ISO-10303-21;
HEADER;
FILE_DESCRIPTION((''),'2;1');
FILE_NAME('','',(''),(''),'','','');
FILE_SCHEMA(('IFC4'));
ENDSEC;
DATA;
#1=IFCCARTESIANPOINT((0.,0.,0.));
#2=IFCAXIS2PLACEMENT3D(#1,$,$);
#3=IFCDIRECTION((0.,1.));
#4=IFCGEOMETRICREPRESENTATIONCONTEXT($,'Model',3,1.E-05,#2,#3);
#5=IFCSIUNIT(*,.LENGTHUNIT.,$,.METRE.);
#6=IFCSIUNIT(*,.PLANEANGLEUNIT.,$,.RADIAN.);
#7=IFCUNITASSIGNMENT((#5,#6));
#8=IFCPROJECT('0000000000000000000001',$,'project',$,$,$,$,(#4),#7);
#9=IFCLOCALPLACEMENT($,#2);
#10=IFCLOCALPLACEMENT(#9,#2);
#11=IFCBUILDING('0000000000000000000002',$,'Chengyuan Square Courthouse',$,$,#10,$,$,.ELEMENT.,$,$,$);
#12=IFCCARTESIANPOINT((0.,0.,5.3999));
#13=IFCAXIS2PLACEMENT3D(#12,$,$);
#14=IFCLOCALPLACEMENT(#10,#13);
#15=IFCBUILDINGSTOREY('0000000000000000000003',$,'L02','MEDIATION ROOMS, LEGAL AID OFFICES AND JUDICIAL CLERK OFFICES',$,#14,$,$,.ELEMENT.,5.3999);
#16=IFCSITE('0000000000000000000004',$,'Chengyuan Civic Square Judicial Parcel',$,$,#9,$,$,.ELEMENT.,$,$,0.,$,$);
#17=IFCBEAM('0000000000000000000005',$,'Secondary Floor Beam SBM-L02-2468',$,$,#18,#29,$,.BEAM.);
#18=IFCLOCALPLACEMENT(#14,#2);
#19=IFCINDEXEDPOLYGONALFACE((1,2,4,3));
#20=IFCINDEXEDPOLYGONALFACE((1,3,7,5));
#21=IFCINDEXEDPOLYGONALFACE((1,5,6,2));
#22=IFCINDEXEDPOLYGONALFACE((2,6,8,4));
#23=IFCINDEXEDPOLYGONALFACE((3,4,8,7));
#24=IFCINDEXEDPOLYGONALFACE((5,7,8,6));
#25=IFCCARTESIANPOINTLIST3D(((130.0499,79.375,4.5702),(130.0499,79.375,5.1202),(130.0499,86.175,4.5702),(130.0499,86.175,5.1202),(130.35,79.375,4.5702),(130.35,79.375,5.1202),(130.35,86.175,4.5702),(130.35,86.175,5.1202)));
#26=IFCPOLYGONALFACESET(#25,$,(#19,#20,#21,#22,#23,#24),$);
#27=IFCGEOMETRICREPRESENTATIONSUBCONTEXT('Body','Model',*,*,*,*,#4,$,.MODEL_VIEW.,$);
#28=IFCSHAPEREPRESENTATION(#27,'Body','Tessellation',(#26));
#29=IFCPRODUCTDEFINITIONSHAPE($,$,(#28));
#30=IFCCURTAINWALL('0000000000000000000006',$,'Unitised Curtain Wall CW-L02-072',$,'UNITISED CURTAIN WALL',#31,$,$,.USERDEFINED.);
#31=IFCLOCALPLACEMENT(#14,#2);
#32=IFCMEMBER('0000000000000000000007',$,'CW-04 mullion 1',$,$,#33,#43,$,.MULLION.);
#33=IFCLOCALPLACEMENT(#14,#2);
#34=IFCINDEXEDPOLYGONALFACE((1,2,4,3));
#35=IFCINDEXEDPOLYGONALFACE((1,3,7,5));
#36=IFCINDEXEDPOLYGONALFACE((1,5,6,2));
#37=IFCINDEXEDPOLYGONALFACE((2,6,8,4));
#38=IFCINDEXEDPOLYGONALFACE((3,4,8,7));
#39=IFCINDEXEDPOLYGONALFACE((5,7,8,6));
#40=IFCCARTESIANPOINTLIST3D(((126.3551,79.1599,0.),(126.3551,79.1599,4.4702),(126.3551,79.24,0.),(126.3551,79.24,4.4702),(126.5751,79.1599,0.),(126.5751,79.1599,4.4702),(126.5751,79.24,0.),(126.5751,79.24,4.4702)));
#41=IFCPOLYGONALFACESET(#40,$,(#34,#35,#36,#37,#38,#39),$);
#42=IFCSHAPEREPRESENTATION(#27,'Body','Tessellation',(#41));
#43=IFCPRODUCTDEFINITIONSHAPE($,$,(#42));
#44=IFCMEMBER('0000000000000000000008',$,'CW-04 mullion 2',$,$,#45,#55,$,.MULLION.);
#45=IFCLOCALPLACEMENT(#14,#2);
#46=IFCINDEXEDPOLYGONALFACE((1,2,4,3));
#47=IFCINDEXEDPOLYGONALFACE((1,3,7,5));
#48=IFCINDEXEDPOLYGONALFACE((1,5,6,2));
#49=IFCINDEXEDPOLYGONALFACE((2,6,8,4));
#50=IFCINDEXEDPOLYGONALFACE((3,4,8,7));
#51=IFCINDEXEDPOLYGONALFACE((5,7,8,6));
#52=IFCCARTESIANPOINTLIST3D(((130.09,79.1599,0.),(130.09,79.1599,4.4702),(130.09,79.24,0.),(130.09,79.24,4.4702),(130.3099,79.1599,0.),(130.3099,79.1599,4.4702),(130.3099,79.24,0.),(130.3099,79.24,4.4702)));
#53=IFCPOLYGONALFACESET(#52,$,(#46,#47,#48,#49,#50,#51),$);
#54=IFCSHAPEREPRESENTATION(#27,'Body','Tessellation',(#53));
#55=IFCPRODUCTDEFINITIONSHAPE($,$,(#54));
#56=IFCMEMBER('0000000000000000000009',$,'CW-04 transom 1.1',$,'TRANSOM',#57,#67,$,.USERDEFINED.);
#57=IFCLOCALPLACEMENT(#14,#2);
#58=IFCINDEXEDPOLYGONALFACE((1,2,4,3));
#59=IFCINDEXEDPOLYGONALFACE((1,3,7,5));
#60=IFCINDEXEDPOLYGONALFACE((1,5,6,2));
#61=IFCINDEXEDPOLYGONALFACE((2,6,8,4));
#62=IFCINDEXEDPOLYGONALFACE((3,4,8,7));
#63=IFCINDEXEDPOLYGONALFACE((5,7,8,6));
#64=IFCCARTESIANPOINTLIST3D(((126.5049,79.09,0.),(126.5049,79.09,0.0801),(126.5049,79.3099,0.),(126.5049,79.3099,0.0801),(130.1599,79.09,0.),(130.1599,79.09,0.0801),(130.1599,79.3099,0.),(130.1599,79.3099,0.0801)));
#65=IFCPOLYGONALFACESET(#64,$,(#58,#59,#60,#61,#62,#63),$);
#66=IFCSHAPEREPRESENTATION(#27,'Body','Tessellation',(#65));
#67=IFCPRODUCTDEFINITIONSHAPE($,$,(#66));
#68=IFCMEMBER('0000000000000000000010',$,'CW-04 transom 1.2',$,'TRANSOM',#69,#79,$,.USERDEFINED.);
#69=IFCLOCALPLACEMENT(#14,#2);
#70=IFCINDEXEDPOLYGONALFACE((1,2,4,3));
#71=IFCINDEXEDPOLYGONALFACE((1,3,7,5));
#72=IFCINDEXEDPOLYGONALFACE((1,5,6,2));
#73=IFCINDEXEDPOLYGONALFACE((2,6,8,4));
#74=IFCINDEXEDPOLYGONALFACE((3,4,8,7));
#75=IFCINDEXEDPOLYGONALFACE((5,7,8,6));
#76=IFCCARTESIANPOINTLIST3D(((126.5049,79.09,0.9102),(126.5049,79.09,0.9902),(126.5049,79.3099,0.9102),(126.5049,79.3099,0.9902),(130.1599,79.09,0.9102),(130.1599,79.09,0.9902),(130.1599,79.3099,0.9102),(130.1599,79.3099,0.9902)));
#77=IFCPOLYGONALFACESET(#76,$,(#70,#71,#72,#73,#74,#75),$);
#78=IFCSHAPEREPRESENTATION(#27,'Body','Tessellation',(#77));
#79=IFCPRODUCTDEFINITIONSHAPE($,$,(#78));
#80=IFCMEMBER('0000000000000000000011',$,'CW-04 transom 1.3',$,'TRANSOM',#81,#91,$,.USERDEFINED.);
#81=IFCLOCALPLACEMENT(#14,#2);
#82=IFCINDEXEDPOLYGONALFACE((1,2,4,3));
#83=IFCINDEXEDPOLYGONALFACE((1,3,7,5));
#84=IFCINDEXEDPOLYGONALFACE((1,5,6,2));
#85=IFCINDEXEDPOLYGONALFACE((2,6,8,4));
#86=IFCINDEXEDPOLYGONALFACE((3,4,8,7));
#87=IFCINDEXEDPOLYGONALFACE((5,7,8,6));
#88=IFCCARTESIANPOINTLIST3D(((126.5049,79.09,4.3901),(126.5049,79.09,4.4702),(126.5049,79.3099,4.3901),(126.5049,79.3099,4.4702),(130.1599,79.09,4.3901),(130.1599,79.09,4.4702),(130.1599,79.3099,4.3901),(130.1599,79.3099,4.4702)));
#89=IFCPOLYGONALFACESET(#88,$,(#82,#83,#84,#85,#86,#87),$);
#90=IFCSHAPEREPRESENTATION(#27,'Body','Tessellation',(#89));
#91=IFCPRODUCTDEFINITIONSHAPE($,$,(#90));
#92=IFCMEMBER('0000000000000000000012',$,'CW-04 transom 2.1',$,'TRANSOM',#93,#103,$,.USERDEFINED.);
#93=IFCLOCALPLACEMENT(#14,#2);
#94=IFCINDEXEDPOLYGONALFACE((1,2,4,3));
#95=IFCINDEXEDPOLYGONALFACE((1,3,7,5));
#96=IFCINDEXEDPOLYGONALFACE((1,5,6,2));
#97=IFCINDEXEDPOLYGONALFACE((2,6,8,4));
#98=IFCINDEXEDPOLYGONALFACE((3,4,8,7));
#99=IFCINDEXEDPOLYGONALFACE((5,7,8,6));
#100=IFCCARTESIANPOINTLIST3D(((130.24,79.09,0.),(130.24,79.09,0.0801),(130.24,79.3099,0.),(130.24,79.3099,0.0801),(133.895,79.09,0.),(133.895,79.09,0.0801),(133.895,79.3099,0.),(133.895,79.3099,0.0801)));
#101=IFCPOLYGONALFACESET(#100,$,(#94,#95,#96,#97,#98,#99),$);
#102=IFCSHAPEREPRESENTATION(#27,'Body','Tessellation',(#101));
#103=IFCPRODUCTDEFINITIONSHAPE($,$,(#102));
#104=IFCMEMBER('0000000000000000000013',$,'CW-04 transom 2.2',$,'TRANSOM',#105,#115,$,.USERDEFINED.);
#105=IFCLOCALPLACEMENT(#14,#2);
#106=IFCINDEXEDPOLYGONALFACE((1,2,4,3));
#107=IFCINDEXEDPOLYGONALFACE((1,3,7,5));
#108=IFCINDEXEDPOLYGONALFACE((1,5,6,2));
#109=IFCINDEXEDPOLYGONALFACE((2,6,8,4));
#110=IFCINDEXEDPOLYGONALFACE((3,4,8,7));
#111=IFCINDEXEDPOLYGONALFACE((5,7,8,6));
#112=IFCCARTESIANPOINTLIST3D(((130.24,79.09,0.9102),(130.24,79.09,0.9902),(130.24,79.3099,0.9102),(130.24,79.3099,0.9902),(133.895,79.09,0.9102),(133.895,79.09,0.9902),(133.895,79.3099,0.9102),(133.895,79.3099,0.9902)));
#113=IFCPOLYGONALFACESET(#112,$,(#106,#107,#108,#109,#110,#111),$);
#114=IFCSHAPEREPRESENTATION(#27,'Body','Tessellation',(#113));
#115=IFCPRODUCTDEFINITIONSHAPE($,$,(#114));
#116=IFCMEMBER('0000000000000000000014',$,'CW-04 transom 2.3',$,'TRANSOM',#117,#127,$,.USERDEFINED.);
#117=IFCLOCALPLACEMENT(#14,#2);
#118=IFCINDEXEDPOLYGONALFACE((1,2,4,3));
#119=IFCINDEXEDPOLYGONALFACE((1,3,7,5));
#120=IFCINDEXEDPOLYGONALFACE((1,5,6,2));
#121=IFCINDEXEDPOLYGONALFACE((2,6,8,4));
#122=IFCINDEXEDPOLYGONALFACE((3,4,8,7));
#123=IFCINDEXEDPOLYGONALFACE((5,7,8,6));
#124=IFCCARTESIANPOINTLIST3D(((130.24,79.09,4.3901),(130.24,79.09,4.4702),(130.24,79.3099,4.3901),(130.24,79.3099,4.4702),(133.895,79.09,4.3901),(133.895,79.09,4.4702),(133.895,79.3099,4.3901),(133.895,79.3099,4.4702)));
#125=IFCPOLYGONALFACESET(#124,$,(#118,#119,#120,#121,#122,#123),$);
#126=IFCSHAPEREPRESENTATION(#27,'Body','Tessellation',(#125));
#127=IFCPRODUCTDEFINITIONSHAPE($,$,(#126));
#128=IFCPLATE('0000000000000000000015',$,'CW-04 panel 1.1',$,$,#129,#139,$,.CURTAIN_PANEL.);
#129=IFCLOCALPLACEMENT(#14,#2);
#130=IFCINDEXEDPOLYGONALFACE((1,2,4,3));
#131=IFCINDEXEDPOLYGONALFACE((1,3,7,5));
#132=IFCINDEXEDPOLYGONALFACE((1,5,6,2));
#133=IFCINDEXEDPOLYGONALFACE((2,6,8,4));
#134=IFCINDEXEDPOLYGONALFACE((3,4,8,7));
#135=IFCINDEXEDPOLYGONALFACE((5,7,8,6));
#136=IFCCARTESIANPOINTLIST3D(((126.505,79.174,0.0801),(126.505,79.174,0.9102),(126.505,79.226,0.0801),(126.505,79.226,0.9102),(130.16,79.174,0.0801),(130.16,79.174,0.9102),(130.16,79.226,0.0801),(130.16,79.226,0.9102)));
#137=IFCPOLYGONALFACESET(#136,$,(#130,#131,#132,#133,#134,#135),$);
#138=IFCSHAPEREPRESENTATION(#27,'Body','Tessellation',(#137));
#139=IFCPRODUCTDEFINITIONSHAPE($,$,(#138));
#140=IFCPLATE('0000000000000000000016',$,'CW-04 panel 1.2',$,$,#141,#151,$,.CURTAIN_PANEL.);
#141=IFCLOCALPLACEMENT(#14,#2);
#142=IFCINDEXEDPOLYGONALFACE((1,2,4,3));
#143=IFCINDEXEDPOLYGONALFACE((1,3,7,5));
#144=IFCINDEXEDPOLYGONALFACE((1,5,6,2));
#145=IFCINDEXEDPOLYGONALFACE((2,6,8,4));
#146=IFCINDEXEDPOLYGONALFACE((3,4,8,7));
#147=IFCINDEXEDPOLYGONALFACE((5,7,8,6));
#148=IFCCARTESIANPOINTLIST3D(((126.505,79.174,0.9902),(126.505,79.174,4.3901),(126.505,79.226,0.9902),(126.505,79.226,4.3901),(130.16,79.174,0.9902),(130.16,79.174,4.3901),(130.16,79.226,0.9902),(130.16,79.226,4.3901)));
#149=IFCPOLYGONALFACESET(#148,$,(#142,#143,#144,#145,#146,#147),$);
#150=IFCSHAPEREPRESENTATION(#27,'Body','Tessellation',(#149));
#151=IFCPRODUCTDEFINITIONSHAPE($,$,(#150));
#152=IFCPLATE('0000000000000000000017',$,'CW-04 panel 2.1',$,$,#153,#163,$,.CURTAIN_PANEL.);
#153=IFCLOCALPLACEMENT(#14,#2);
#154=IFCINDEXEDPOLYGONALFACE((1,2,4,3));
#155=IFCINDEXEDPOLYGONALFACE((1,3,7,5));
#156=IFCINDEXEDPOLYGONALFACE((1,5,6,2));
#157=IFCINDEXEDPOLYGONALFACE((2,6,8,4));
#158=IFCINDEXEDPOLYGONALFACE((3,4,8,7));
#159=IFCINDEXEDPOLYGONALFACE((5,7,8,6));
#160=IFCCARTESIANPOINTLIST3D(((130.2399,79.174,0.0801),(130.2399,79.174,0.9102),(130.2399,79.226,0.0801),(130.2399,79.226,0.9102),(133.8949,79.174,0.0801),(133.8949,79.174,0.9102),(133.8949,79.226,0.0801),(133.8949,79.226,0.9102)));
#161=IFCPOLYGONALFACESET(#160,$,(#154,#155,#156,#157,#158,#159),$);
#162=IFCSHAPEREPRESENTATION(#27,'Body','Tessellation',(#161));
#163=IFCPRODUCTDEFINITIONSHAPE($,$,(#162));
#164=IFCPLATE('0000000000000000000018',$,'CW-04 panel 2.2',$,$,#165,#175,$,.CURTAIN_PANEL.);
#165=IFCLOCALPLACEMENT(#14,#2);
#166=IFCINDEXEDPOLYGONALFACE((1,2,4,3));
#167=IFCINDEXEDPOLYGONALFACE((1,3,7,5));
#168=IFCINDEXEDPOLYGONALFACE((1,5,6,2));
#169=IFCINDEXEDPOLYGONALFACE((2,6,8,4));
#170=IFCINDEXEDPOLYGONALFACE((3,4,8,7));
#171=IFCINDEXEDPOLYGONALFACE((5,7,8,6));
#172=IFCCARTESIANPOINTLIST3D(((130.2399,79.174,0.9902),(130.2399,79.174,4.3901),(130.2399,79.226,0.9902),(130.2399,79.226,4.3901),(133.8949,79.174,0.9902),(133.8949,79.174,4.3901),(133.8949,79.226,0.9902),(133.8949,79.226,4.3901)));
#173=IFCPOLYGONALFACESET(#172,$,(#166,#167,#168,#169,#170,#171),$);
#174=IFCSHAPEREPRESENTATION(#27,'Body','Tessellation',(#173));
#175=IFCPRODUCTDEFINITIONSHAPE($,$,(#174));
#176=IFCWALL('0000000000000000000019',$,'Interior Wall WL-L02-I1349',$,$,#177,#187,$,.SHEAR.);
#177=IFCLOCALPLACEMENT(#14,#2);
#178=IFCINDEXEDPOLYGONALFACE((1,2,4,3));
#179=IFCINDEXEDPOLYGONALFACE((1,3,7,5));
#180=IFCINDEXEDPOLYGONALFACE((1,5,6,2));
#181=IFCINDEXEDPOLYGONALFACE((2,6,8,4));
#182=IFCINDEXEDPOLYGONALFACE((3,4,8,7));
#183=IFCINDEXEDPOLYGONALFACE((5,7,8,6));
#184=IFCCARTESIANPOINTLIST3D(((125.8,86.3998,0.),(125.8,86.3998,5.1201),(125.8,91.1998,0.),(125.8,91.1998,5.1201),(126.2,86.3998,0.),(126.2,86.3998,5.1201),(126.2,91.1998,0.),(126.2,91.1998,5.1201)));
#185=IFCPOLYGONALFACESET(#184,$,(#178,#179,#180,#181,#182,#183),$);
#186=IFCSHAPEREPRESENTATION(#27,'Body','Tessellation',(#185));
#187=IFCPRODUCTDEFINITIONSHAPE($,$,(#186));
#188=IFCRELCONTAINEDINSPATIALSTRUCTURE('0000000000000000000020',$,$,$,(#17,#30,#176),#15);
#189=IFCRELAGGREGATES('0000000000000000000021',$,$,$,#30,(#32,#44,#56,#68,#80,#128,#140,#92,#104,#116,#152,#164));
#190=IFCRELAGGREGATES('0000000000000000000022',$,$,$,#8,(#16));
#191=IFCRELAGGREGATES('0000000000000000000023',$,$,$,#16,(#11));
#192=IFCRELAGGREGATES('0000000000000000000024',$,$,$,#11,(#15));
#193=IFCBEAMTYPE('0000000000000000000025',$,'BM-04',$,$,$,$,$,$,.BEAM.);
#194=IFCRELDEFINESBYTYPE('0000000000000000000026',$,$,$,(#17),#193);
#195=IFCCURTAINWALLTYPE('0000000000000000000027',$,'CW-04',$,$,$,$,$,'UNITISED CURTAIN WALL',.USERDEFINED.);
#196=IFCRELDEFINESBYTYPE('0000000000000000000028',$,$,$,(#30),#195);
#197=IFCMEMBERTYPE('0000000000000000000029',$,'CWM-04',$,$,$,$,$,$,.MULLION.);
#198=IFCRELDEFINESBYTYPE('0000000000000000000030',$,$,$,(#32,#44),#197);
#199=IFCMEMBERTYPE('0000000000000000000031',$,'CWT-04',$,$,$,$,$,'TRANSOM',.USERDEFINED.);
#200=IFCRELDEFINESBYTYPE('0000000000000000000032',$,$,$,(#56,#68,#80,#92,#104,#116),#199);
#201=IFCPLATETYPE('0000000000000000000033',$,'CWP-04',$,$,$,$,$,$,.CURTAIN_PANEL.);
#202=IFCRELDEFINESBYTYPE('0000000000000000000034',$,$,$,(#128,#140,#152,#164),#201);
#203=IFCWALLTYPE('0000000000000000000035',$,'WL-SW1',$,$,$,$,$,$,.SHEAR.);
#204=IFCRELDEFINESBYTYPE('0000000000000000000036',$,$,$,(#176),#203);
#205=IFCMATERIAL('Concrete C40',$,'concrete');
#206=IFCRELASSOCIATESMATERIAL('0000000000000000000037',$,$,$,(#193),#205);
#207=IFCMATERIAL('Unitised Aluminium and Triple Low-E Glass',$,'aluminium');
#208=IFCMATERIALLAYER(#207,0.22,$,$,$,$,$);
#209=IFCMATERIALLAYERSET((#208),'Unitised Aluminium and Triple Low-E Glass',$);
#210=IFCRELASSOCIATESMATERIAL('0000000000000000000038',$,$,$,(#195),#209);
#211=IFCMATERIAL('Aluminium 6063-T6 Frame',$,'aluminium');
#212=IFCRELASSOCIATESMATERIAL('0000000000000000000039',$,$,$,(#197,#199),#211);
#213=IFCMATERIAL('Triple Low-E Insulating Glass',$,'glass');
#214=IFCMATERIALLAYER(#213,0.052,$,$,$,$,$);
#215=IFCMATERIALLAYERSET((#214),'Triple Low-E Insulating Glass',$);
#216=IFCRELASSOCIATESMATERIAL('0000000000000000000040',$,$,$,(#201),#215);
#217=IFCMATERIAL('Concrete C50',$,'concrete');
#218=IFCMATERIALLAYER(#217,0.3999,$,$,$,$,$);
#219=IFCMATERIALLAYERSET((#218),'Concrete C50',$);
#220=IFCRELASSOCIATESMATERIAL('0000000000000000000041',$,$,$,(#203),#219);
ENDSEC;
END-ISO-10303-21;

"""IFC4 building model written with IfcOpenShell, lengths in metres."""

from ifc_helpers import new_model, si_unit, direction, frame, frame_2d, origin, origin_2d, place, context, subcontext, project, spatial, rectangle, extrude, material, layer, layer_set, material_profile, profile_set, type_object, element, aggregate, save


model = new_model("IFC4")

# Units and contexts
model_context = context("Model", 3, precision=1e-05, world=origin(), true_north=direction((0.0, 1.0)))
body_context = subcontext(model_context, "Body", "Model", "MODEL_VIEW")
ifc_project = project(units=[si_unit("LENGTHUNIT", "METRE"), si_unit("PLANEANGLEUNIT", "RADIAN")], contexts=[model_context])

# Site, building, storey
site_placement = place(None, origin())
site = spatial("IfcSite", under=ifc_project, at=site_placement, Name="Chengyuan Civic Square Judicial Parcel", CompositionType="ELEMENT", RefElevation=0.0)
building_placement = place(site_placement, origin())
building = spatial("IfcBuilding", under=site, at=building_placement, Name="Chengyuan Square Courthouse", CompositionType="ELEMENT")
storey_placement = place(building_placement, frame((0.0, 0.0, 5.3999)))
storey = spatial("IfcBuildingStorey", under=building, at=storey_placement, Name="L02", Description="MEDIATION ROOMS, LEGAL AID OFFICES AND JUDICIAL CLERK OFFICES", CompositionType="ELEMENT", Elevation=5.3999)

# Beam
ifc_material_1 = material(Name="Concrete C40", Category="concrete")
ifc_material_profile_1 = material_profile(ifc_material_1, rectangle(XDim=0.3, YDim=0.55, at=origin_2d()), Name="RC-BM-300x550")
ifc_profile_set_1 = profile_set([ifc_material_profile_1], Name="Concrete C40")
beam_type = type_object("IfcBeamType", Name="BM-04", PredefinedType="BEAM", material=ifc_profile_set_1)
beam_placement = place(storey_placement, frame((130.2, 79.375, 4.8452), z_axis=(0.0, 1.0, 0.0), x_axis=(-1.0, 0.0, 0.0)))
element("IfcBeam", 1, at=beam_placement, inside=storey, type_object=beam_type, Name="Secondary Floor Beam SBM-L02-2468", PredefinedType="BEAM", context=body_context, shape_type="SweptSolid", body=[
    extrude(rectangle(XDim=0.3, YDim=0.55, at=origin_2d()), origin(), (0.0, 0.0, 1.0), 6.8),
])

# Curtain wall, members, plates
ifc_material_2 = material(Name="Unitised Aluminium and Triple Low-E Glass", Category="aluminium")
ifc_layer_1 = layer(ifc_material_2, 0.22)
ifc_layer_set_1 = layer_set([ifc_layer_1], Name="Unitised Aluminium and Triple Low-E Glass")
curtain_wall_type = type_object("IfcCurtainWallType", Name="CW-04", ElementType="UNITISED CURTAIN WALL", PredefinedType="USERDEFINED", material=ifc_layer_set_1)
curtain_wall_placement = place(storey_placement, origin())
curtain_wall = element("IfcCurtainWall", 2, at=curtain_wall_placement, inside=storey, type_object=curtain_wall_type, Name="Unitised Curtain Wall CW-L02-072", ObjectType="UNITISED CURTAIN WALL", PredefinedType="USERDEFINED")
ifc_material_3 = material(Name="Aluminium 6063-T6 Frame", Category="aluminium")
ifc_material_profile_2 = material_profile(ifc_material_3, rectangle(XDim=0.0801, YDim=0.22, at=origin_2d()), Name="CW-MUL-80x220")
ifc_profile_set_2 = profile_set([ifc_material_profile_2], Name="Aluminium 6063-T6 Frame")
member_type_1 = type_object("IfcMemberType", Name="CWM-04", PredefinedType="MULLION", material=ifc_profile_set_2)
member_1_placement = place(storey_placement, frame((126.4651, 79.2, 0.0), z_axis=(0.0, 0.0, 1.0), x_axis=(0.0, 1.0, 0.0)))
member_1 = element("IfcMember", 3, at=member_1_placement, type_object=member_type_1, Name="CW-04 mullion 1", PredefinedType="MULLION", context=body_context, shape_type="SweptSolid", body=[
    extrude(rectangle(XDim=0.0801, YDim=0.22, at=origin_2d()), origin(), (0.0, 0.0, 1.0), 4.4702),
])
member_2_placement = place(storey_placement, frame((130.2, 79.2, 0.0), z_axis=(0.0, 0.0, 1.0), x_axis=(0.0, 1.0, 0.0)))
member_2 = element("IfcMember", 4, at=member_2_placement, type_object=member_type_1, Name="CW-04 mullion 2", PredefinedType="MULLION", context=body_context, shape_type="SweptSolid", body=[
    extrude(rectangle(XDim=0.0801, YDim=0.22, at=origin_2d()), origin(), (0.0, 0.0, 1.0), 4.4702),
])
ifc_material_profile_3 = material_profile(ifc_material_3, rectangle(XDim=0.22, YDim=0.0801, at=origin_2d()), Name="CW-TRN-80x180")
ifc_profile_set_3 = profile_set([ifc_material_profile_3], Name="Aluminium 6063-T6 Frame")
member_type_2 = type_object("IfcMemberType", Name="CWT-04", ElementType="TRANSOM", PredefinedType="USERDEFINED", material=ifc_profile_set_3)
member_3_placement = place(storey_placement, frame((126.5049, 79.2, 0.04), z_axis=(1.0, 0.0, 0.0), x_axis=(0.0, 1.0, 0.0)))
member_3 = element("IfcMember", 5, at=member_3_placement, type_object=member_type_2, Name="CW-04 transom 1.1", ObjectType="TRANSOM", PredefinedType="USERDEFINED", context=body_context, shape_type="SweptSolid", body=[
    extrude(rectangle(XDim=0.22, YDim=0.0801, at=origin_2d()), origin(), (0.0, 0.0, 1.0), 3.655),
])
member_4_placement = place(storey_placement, frame((126.5049, 79.2, 0.9502), z_axis=(1.0, 0.0, 0.0), x_axis=(0.0, 1.0, 0.0)))
member_4 = element("IfcMember", 6, at=member_4_placement, type_object=member_type_2, Name="CW-04 transom 1.2", ObjectType="TRANSOM", PredefinedType="USERDEFINED", context=body_context, shape_type="SweptSolid", body=[
    extrude(rectangle(XDim=0.22, YDim=0.0801, at=origin_2d()), origin(), (0.0, 0.0, 1.0), 3.655),
])
member_5_placement = place(storey_placement, frame((126.5049, 79.2, 4.4302), z_axis=(1.0, 0.0, 0.0), x_axis=(0.0, 1.0, 0.0)))
member_5 = element("IfcMember", 7, at=member_5_placement, type_object=member_type_2, Name="CW-04 transom 1.3", ObjectType="TRANSOM", PredefinedType="USERDEFINED", context=body_context, shape_type="SweptSolid", body=[
    extrude(rectangle(XDim=0.22, YDim=0.0801, at=origin_2d()), origin(), (0.0, 0.0, 1.0), 3.655),
])
member_6_placement = place(storey_placement, frame((130.24, 79.2, 0.04), z_axis=(1.0, 0.0, 0.0), x_axis=(0.0, 1.0, 0.0)))
member_6 = element("IfcMember", 8, at=member_6_placement, type_object=member_type_2, Name="CW-04 transom 2.1", ObjectType="TRANSOM", PredefinedType="USERDEFINED", context=body_context, shape_type="SweptSolid", body=[
    extrude(rectangle(XDim=0.22, YDim=0.0801, at=origin_2d()), origin(), (0.0, 0.0, 1.0), 3.655),
])
member_7_placement = place(storey_placement, frame((130.24, 79.2, 0.9502), z_axis=(1.0, 0.0, 0.0), x_axis=(0.0, 1.0, 0.0)))
member_7 = element("IfcMember", 9, at=member_7_placement, type_object=member_type_2, Name="CW-04 transom 2.2", ObjectType="TRANSOM", PredefinedType="USERDEFINED", context=body_context, shape_type="SweptSolid", body=[
    extrude(rectangle(XDim=0.22, YDim=0.0801, at=origin_2d()), origin(), (0.0, 0.0, 1.0), 3.655),
])
member_8_placement = place(storey_placement, frame((130.24, 79.2, 4.4302), z_axis=(1.0, 0.0, 0.0), x_axis=(0.0, 1.0, 0.0)))
member_8 = element("IfcMember", 10, at=member_8_placement, type_object=member_type_2, Name="CW-04 transom 2.3", ObjectType="TRANSOM", PredefinedType="USERDEFINED", context=body_context, shape_type="SweptSolid", body=[
    extrude(rectangle(XDim=0.22, YDim=0.0801, at=origin_2d()), origin(), (0.0, 0.0, 1.0), 3.655),
])
ifc_material_4 = material(Name="Triple Low-E Insulating Glass", Category="glass")
ifc_layer_2 = layer(ifc_material_4, 0.052)
ifc_layer_set_2 = layer_set([ifc_layer_2], Name="Triple Low-E Insulating Glass")
plate_type = type_object("IfcPlateType", Name="CWP-04", PredefinedType="CURTAIN_PANEL", material=ifc_layer_set_2)
plate_1_placement = place(storey_placement, frame((128.3325, 79.2, 0.0801), z_axis=(0.0, 0.0, 1.0), x_axis=(1.0, 0.0, 0.0)))
plate_1 = element("IfcPlate", 11, at=plate_1_placement, type_object=plate_type, Name="CW-04 panel 1.1", PredefinedType="CURTAIN_PANEL", context=body_context, shape_type="SweptSolid", body=[
    extrude(rectangle(XDim=3.655, YDim=0.052, at=origin_2d()), origin(), (0.0, 0.0, 1.0), 0.8301),
])
plate_2_placement = place(storey_placement, frame((128.3325, 79.2, 0.9902), z_axis=(0.0, 0.0, 1.0), x_axis=(1.0, 0.0, 0.0)))
plate_2 = element("IfcPlate", 12, at=plate_2_placement, type_object=plate_type, Name="CW-04 panel 1.2", PredefinedType="CURTAIN_PANEL", context=body_context, shape_type="SweptSolid", body=[
    extrude(rectangle(XDim=3.655, YDim=0.052, at=origin_2d()), origin(), (0.0, 0.0, 1.0), 3.3999),
])
plate_3_placement = place(storey_placement, frame((132.0674, 79.2, 0.0801), z_axis=(0.0, 0.0, 1.0), x_axis=(1.0, 0.0, 0.0)))
plate_3 = element("IfcPlate", 13, at=plate_3_placement, type_object=plate_type, Name="CW-04 panel 2.1", PredefinedType="CURTAIN_PANEL", context=body_context, shape_type="SweptSolid", body=[
    extrude(rectangle(XDim=3.655, YDim=0.052, at=origin_2d()), origin(), (0.0, 0.0, 1.0), 0.8301),
])
plate_4_placement = place(storey_placement, frame((132.0674, 79.2, 0.9902), z_axis=(0.0, 0.0, 1.0), x_axis=(1.0, 0.0, 0.0)))
plate_4 = element("IfcPlate", 14, at=plate_4_placement, type_object=plate_type, Name="CW-04 panel 2.2", PredefinedType="CURTAIN_PANEL", context=body_context, shape_type="SweptSolid", body=[
    extrude(rectangle(XDim=3.655, YDim=0.052, at=origin_2d()), origin(), (0.0, 0.0, 1.0), 3.3999),
])
aggregate(curtain_wall, [member_1, member_2, member_3, member_4, member_5, plate_1, plate_2, member_6, member_7, member_8, plate_3, plate_4])

# Wall
ifc_material_5 = material(Name="Concrete C50", Category="concrete")
ifc_layer_3 = layer(ifc_material_5, 0.3999)
ifc_layer_set_3 = layer_set([ifc_layer_3], Name="Concrete C50")
wall_type = type_object("IfcWallType", Name="WL-SW1", PredefinedType="SHEAR", material=ifc_layer_set_3)
wall_placement = place(storey_placement, frame((126.0, 86.3999, 0.0), z_axis=(0.0, 0.0, 1.0), x_axis=(0.0, 1.0, 0.0)))
element("IfcWall", 15, at=wall_placement, inside=storey, type_object=wall_type, Name="Interior Wall WL-L02-I1349", PredefinedType="SHEAR", context=body_context, shape_type="SweptSolid", body=[
    extrude(rectangle(XDim=4.8, YDim=0.3999, at=frame_2d((2.3999, 0.0))), origin(), (0.0, 0.0, 1.0), 5.1201),
])

save(model, "model.ifc")
